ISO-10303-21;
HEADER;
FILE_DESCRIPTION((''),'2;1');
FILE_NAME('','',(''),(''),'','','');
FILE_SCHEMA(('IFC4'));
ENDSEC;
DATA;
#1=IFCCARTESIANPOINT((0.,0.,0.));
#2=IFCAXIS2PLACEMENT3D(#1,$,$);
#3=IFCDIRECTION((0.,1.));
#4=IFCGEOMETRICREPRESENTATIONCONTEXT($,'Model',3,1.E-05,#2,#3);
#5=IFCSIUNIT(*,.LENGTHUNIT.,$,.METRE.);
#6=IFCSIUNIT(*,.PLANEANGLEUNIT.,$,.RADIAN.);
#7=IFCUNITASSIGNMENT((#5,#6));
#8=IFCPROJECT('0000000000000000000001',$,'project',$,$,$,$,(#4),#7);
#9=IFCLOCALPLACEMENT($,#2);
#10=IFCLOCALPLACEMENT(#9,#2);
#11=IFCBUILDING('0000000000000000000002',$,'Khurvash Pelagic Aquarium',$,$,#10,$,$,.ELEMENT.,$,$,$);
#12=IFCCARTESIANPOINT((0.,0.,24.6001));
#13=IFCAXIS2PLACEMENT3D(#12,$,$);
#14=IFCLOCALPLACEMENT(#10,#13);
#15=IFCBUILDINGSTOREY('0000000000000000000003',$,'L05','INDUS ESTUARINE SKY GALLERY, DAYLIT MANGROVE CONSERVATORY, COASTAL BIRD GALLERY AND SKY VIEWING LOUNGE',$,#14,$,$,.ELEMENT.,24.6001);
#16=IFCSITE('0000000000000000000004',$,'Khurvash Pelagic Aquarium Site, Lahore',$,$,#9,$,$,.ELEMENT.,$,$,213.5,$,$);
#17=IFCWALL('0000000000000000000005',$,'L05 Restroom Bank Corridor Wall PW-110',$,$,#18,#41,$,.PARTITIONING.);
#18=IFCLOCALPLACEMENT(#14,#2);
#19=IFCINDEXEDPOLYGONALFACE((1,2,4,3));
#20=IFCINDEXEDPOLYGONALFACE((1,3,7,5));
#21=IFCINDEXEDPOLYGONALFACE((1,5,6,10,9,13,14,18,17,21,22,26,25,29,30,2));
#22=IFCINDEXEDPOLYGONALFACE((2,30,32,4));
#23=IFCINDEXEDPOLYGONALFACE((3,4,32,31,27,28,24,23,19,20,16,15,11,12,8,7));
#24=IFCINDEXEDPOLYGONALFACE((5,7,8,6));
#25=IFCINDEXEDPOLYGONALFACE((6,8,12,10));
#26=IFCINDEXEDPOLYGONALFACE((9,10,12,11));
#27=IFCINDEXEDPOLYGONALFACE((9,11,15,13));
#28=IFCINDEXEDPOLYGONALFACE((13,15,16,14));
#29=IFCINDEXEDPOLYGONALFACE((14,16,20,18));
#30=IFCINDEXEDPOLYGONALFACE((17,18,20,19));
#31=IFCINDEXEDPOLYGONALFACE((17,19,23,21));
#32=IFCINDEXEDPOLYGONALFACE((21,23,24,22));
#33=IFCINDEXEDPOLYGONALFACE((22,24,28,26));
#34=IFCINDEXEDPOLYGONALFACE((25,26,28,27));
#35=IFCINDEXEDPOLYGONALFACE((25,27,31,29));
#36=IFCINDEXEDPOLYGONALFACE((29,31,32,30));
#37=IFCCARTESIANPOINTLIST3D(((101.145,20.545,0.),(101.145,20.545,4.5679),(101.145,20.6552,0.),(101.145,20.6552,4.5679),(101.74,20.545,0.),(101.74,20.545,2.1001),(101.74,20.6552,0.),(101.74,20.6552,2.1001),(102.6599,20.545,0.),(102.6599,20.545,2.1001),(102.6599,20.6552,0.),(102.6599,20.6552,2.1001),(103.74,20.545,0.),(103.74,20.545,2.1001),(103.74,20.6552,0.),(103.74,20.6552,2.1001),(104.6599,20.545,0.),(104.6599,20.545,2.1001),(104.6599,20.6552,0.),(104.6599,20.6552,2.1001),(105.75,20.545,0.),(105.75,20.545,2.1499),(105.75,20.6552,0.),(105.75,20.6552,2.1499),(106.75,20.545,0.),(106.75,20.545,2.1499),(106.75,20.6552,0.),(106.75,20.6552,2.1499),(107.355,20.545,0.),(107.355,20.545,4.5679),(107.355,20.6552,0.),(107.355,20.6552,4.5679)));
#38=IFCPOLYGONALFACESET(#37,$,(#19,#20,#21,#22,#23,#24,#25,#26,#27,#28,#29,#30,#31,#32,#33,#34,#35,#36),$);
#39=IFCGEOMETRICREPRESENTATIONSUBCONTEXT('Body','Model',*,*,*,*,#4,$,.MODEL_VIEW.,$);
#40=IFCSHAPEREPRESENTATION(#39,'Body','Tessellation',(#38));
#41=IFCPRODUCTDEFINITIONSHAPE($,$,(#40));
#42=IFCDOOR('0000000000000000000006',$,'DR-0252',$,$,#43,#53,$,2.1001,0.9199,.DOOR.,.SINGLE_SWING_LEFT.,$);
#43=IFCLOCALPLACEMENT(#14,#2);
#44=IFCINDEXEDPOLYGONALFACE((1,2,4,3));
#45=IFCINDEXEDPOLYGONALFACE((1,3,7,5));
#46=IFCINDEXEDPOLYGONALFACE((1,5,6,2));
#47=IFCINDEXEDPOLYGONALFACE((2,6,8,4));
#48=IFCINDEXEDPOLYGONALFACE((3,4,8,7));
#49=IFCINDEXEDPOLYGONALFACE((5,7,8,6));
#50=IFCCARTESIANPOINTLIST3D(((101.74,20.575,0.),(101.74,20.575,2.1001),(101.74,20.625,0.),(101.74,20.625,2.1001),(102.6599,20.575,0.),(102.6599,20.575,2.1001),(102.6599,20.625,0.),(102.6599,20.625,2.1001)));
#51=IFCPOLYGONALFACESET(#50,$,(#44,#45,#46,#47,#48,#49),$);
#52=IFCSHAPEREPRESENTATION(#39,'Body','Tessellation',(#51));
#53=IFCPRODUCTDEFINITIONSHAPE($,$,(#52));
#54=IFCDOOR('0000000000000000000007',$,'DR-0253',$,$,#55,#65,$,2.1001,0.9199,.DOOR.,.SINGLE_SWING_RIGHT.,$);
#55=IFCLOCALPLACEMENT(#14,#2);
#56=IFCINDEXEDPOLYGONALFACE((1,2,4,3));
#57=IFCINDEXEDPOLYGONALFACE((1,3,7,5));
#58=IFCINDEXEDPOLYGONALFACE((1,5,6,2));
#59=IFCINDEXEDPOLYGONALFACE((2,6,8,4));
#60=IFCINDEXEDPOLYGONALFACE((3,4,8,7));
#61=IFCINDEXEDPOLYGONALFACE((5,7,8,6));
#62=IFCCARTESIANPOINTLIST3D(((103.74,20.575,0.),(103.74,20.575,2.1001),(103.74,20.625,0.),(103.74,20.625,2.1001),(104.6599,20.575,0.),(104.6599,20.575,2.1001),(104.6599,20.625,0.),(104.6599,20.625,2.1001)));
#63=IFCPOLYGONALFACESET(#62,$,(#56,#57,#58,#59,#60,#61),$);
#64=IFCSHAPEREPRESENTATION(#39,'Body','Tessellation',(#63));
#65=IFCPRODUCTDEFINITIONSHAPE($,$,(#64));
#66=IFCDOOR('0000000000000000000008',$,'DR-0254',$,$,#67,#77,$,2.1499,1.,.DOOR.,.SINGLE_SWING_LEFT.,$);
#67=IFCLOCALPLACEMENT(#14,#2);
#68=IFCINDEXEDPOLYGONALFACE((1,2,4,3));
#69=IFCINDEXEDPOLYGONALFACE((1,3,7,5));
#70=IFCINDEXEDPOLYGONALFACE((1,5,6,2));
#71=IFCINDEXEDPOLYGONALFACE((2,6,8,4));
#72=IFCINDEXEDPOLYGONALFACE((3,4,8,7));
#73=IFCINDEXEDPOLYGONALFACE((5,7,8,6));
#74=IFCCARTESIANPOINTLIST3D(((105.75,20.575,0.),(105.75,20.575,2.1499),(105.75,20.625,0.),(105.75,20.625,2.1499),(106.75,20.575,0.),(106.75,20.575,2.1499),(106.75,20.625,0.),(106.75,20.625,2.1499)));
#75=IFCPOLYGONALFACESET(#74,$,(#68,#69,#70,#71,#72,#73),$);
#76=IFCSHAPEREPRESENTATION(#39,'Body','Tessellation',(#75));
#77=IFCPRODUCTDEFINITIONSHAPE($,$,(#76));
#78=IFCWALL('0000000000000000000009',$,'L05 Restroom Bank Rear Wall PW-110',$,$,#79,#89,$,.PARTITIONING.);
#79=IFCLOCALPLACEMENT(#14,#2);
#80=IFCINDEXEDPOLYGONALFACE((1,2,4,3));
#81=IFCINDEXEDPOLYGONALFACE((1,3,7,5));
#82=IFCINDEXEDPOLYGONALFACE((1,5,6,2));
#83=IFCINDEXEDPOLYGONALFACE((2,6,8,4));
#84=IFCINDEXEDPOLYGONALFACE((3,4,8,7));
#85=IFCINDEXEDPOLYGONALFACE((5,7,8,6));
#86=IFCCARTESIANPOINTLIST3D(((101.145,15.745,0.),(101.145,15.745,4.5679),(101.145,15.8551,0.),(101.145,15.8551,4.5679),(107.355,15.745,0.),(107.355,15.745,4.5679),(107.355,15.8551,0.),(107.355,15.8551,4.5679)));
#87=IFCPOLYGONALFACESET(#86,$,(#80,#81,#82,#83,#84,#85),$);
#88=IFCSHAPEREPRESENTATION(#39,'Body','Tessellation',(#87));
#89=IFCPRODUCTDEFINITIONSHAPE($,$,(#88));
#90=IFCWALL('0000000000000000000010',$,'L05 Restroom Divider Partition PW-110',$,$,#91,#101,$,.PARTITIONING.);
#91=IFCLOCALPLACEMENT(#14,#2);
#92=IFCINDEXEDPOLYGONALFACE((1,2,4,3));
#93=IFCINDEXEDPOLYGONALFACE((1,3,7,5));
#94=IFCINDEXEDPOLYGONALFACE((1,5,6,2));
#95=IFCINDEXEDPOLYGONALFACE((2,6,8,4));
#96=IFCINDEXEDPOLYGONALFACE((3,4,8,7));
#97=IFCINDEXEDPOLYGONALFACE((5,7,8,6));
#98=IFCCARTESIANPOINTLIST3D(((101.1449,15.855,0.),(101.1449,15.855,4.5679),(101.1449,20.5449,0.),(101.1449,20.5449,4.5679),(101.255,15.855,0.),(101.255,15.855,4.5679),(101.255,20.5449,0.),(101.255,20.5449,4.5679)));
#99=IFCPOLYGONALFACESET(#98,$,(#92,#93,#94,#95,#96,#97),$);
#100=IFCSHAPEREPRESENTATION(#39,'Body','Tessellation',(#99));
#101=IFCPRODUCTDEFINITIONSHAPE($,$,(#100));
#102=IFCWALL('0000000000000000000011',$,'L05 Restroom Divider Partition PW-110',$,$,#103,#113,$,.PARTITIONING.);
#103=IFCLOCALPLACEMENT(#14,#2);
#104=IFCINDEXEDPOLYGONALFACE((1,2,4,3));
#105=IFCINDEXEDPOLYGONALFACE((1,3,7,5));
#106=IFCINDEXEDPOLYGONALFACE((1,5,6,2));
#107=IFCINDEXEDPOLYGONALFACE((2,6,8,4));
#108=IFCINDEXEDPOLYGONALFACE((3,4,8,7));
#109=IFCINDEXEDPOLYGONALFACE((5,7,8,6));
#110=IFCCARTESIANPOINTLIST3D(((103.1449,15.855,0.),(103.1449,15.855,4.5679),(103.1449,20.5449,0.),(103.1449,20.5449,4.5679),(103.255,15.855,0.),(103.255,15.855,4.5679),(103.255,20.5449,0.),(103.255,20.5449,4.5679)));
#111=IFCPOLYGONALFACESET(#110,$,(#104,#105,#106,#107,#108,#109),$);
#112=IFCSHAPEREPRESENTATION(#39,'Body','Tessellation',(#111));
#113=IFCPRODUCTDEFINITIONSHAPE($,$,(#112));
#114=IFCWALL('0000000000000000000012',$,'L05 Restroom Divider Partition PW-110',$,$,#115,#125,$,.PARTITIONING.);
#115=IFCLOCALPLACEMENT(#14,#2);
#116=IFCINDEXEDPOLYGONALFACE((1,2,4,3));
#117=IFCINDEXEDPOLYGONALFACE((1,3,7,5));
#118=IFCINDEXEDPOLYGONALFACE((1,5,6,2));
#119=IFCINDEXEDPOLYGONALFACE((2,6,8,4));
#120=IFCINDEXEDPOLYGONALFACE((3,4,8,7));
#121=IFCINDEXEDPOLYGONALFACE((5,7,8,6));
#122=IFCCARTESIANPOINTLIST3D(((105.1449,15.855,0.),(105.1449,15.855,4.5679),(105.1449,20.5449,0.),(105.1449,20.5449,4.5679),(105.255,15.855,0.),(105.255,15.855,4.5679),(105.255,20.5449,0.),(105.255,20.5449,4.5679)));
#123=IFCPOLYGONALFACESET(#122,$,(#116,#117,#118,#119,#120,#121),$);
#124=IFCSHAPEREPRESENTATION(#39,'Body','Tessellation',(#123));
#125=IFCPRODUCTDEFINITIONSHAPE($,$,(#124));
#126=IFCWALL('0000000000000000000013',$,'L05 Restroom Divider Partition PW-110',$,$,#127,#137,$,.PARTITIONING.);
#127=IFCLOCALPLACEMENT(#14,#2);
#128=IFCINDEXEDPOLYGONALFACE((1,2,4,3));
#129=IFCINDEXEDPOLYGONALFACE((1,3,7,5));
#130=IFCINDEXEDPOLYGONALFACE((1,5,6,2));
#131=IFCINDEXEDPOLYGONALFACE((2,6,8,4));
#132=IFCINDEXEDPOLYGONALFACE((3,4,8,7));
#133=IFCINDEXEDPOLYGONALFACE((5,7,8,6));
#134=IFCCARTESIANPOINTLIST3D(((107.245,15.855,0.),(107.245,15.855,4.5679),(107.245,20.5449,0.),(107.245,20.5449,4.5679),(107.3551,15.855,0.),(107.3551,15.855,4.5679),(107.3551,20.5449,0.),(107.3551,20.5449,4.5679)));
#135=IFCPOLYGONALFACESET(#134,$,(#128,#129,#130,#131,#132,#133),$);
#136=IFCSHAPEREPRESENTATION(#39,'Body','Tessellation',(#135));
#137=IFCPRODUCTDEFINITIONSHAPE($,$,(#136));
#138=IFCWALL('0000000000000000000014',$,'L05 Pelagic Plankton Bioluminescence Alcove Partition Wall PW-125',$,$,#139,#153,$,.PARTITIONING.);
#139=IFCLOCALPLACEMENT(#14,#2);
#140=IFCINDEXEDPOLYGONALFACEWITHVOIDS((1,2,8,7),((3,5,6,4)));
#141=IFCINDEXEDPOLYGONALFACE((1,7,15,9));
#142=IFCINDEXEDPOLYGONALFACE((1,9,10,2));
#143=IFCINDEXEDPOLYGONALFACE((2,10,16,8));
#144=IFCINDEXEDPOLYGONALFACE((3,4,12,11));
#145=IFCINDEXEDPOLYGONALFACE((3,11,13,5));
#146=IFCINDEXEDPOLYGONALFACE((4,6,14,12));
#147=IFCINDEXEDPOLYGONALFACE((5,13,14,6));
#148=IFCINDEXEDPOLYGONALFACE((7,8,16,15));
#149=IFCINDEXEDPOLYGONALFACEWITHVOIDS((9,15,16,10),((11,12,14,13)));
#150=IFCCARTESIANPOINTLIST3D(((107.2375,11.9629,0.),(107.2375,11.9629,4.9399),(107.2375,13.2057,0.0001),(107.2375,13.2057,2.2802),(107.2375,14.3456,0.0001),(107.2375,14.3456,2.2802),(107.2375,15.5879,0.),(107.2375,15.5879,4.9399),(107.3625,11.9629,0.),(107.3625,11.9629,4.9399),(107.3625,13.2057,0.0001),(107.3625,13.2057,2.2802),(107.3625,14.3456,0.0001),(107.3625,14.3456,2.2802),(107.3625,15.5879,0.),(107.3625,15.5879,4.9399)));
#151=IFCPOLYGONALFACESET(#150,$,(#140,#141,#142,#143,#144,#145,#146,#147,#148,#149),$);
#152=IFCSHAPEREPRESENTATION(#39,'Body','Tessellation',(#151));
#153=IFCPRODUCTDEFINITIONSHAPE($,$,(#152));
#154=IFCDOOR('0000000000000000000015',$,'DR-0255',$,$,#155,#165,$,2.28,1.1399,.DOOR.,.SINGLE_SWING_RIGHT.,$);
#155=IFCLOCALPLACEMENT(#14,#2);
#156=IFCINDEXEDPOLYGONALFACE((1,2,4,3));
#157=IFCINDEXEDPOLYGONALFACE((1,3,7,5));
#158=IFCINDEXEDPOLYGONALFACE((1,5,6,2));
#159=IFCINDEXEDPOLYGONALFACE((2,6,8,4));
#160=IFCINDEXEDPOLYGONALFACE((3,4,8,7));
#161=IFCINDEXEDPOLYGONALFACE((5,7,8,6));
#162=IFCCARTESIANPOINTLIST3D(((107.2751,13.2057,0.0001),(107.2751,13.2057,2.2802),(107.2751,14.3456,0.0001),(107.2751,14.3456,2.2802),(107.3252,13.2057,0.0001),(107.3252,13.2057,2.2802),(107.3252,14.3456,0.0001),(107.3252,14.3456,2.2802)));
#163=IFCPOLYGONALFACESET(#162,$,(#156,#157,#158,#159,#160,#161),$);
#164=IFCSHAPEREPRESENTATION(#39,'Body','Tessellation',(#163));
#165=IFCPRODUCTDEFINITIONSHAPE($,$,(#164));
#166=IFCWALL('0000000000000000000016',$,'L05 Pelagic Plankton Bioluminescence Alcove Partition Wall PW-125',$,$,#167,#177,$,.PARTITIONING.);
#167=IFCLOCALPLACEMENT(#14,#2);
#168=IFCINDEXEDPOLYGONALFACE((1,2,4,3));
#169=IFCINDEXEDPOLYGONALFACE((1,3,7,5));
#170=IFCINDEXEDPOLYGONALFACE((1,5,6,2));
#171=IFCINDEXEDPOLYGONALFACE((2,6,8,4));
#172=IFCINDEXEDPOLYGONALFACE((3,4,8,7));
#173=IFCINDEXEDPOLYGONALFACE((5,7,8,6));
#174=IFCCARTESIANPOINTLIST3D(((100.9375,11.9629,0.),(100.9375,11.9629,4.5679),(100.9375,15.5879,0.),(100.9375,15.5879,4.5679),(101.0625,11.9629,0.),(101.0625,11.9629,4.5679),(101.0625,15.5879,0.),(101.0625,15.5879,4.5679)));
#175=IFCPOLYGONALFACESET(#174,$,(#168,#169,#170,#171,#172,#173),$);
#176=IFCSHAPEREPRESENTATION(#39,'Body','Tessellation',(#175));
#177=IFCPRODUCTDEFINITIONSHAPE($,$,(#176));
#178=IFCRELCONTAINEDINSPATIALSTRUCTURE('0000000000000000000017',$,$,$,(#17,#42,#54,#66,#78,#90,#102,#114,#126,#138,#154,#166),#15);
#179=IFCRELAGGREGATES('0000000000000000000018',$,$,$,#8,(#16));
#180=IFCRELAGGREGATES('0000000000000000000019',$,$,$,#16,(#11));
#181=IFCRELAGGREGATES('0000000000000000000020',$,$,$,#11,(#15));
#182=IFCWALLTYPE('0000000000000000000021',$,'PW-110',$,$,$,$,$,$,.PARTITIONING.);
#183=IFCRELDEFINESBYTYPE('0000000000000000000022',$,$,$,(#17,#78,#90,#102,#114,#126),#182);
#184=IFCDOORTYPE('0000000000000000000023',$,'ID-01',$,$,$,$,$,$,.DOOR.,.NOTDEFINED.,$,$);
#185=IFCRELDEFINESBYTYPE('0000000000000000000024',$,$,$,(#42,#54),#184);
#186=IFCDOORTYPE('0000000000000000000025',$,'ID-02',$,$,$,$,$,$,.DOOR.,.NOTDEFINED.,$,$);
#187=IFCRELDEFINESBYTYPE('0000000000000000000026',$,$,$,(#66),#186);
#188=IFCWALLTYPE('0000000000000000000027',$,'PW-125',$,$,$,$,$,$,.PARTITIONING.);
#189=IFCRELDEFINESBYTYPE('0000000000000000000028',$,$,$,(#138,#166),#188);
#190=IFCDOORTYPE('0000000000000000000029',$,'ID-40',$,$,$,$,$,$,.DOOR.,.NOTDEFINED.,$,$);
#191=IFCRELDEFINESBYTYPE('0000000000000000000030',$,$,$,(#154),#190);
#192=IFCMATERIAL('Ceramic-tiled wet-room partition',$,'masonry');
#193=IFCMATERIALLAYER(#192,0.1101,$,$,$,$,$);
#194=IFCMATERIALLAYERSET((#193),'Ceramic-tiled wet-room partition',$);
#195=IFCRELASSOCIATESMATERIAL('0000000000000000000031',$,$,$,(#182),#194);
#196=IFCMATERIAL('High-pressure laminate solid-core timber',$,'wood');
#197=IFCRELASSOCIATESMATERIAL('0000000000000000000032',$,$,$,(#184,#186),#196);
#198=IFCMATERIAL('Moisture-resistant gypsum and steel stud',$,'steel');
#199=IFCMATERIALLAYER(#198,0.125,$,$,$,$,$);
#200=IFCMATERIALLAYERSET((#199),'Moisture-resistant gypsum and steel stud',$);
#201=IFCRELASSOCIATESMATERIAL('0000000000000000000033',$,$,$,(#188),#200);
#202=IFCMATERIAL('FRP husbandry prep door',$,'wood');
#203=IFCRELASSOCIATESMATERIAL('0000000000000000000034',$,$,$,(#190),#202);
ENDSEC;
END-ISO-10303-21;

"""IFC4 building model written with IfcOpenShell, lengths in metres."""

from ifc_helpers import new_model, si_unit, direction, frame, frame_2d, origin, place, context, subcontext, project, spatial, rectangle, extrude, material, layer, layer_set, type_object, element, fill, save


model = new_model("IFC4")

# Units and contexts
model_context = context("Model", 3, precision=1e-05, world=origin(), true_north=direction((0.0, 1.0)))
body_context = subcontext(model_context, "Body", "Model", "MODEL_VIEW")
ifc_project = project(units=[si_unit("LENGTHUNIT", "METRE"), si_unit("PLANEANGLEUNIT", "RADIAN")], contexts=[model_context])

# Site, building, storey
site_placement = place(None, origin())
site = spatial("IfcSite", under=ifc_project, at=site_placement, Name="Khurvash Pelagic Aquarium Site, Lahore", CompositionType="ELEMENT", RefElevation=213.5)
building_placement = place(site_placement, origin())
building = spatial("IfcBuilding", under=site, at=building_placement, Name="Khurvash Pelagic Aquarium", CompositionType="ELEMENT")
storey_placement = place(building_placement, frame((0.0, 0.0, 24.6001)))
storey = spatial("IfcBuildingStorey", under=building, at=storey_placement, Name="L05", Description="INDUS ESTUARINE SKY GALLERY, DAYLIT MANGROVE CONSERVATORY, COASTAL BIRD GALLERY AND SKY VIEWING LOUNGE", CompositionType="ELEMENT", Elevation=24.6001)

# Wall, openings, doors
ifc_material_1 = material(Name="Ceramic-tiled wet-room partition", Category="masonry")
ifc_layer_1 = layer(ifc_material_1, 0.1101)
ifc_layer_set_1 = layer_set([ifc_layer_1], Name="Ceramic-tiled wet-room partition")
wall_type_1 = type_object("IfcWallType", Name="PW-110", PredefinedType="PARTITIONING", material=ifc_layer_set_1)
wall_1_placement = place(storey_placement, frame((101.145, 20.6001, 0.0), z_axis=(0.0, 0.0, 1.0), x_axis=(1.0, 0.0, 0.0)))
wall_1 = element("IfcWall", 1, at=wall_1_placement, inside=storey, type_object=wall_type_1, Name="L05 Restroom Bank Corridor Wall PW-110", PredefinedType="PARTITIONING", context=body_context, shape_type="SweptSolid", body=[
    extrude(rectangle(XDim=6.21, YDim=0.1101, at=frame_2d((3.105, 0.0))), origin(), (0.0, 0.0, 1.0), 4.5679),
])
opening_1_placement = place(wall_1_placement, frame((0.595, 0.0, 0.0)))
opening_1 = element("IfcOpeningElement", 2, at=opening_1_placement, cuts=wall_1, PredefinedType="OPENING", context=body_context, shape_type="SweptSolid", body=[
    extrude(rectangle(XDim=0.9199, YDim=2.1001, at=frame_2d((0.46, 1.05))), frame((0.0, 0.0649, 0.0), z_axis=(0.0, -1.0, 0.0), x_axis=(1.0, 0.0, 0.0)), (0.0, 0.0, 1.0), 0.1301),
])
opening_2_placement = place(wall_1_placement, frame((2.595, 0.0, 0.0)))
opening_2 = element("IfcOpeningElement", 3, at=opening_2_placement, cuts=wall_1, PredefinedType="OPENING", context=body_context, shape_type="SweptSolid", body=[
    extrude(rectangle(XDim=0.9199, YDim=2.1001, at=frame_2d((0.46, 1.05))), frame((0.0, 0.0649, 0.0), z_axis=(0.0, -1.0, 0.0), x_axis=(1.0, 0.0, 0.0)), (0.0, 0.0, 1.0), 0.1301),
])
opening_3_placement = place(wall_1_placement, frame((4.605, 0.0, 0.0)))
opening_3 = element("IfcOpeningElement", 4, at=opening_3_placement, cuts=wall_1, PredefinedType="OPENING", context=body_context, shape_type="SweptSolid", body=[
    extrude(rectangle(XDim=1.0, YDim=2.1499, at=frame_2d((0.5, 1.075))), frame((0.0, 0.0649, 0.0), z_axis=(0.0, -1.0, 0.0), x_axis=(1.0, 0.0, 0.0)), (0.0, 0.0, 1.0), 0.1301),
])
ifc_material_2 = material(Name="High-pressure laminate solid-core timber", Category="wood")
door_type_1 = type_object("IfcDoorType", Name="ID-01", OperationType="NOTDEFINED", PredefinedType="DOOR", material=ifc_material_2)
door_1_placement = place(opening_1_placement, origin())
door_1 = element("IfcDoor", 5, at=door_1_placement, inside=storey, type_object=door_type_1, Name="DR-0252", OperationType="SINGLE_SWING_LEFT", OverallHeight=2.1001, OverallWidth=0.9199, PredefinedType="DOOR", context=body_context, shape_type="SweptSolid", body=[
    extrude(rectangle(XDim=0.9199, YDim=2.1001, at=frame_2d((0.46, 1.05))), frame((0.0, 0.0249, 0.0), z_axis=(0.0, -1.0, 0.0), x_axis=(1.0, 0.0, 0.0)), (0.0, 0.0, 1.0), 0.05),
])
fill(opening_1, door_1)
door_2_placement = place(opening_2_placement, origin())
door_2 = element("IfcDoor", 6, at=door_2_placement, inside=storey, type_object=door_type_1, Name="DR-0253", OperationType="SINGLE_SWING_RIGHT", OverallHeight=2.1001, OverallWidth=0.9199, PredefinedType="DOOR", context=body_context, shape_type="SweptSolid", body=[
    extrude(rectangle(XDim=0.9199, YDim=2.1001, at=frame_2d((0.46, 1.05))), frame((0.0, 0.0249, 0.0), z_axis=(0.0, -1.0, 0.0), x_axis=(1.0, 0.0, 0.0)), (0.0, 0.0, 1.0), 0.05),
])
fill(opening_2, door_2)
door_type_2 = type_object("IfcDoorType", Name="ID-02", OperationType="NOTDEFINED", PredefinedType="DOOR", material=ifc_material_2)
door_3_placement = place(opening_3_placement, origin())
door_3 = element("IfcDoor", 7, at=door_3_placement, inside=storey, type_object=door_type_2, Name="DR-0254", OperationType="SINGLE_SWING_LEFT", OverallHeight=2.1499, OverallWidth=1.0, PredefinedType="DOOR", context=body_context, shape_type="SweptSolid", body=[
    extrude(rectangle(XDim=1.0, YDim=2.1499, at=frame_2d((0.5, 1.075))), frame((0.0, 0.0249, 0.0), z_axis=(0.0, -1.0, 0.0), x_axis=(1.0, 0.0, 0.0)), (0.0, 0.0, 1.0), 0.05),
])
fill(opening_3, door_3)

# Walls
wall_2_placement = place(storey_placement, frame((101.145, 15.8, 0.0), z_axis=(0.0, 0.0, 1.0), x_axis=(1.0, 0.0, 0.0)))
element("IfcWall", 8, at=wall_2_placement, inside=storey, type_object=wall_type_1, Name="L05 Restroom Bank Rear Wall PW-110", PredefinedType="PARTITIONING", context=body_context, shape_type="SweptSolid", body=[
    extrude(rectangle(XDim=6.21, YDim=0.1101, at=frame_2d((3.105, 0.0))), origin(), (0.0, 0.0, 1.0), 4.5679),
])
for number, where, z_axis, x_axis, name in (
    (9, (101.2, 15.855, 0.0), (0.0, 0.0, 1.0), (0.0, 1.0, 0.0), "L05 Restroom Divider Partition PW-110"),
    (10, (103.2, 15.855, 0.0), (0.0, 0.0, 1.0), (0.0, 1.0, 0.0), "L05 Restroom Divider Partition PW-110"),
    (11, (105.2, 15.855, 0.0), (0.0, 0.0, 1.0), (0.0, 1.0, 0.0), "L05 Restroom Divider Partition PW-110"),
    (12, (107.3, 15.855, 0.0), (0.0, 0.0, 1.0), (0.0, 1.0, 0.0), "L05 Restroom Divider Partition PW-110"),
):
    element("IfcWall", number, at=place(storey_placement, frame(where, z_axis=z_axis, x_axis=x_axis)), inside=storey, type_object=wall_type_1, Name=name, PredefinedType="PARTITIONING", context=body_context, shape_type="SweptSolid", body=[
        extrude(rectangle(XDim=4.6899, YDim=0.1101, at=frame_2d((2.345, 0.0))), origin(), (0.0, 0.0, 1.0), 4.5679),
    ])

# Wall, opening, door
ifc_material_3 = material(Name="Moisture-resistant gypsum and steel stud", Category="steel")
ifc_layer_2 = layer(ifc_material_3, 0.125)
ifc_layer_set_2 = layer_set([ifc_layer_2], Name="Moisture-resistant gypsum and steel stud")
wall_type_2 = type_object("IfcWallType", Name="PW-125", PredefinedType="PARTITIONING", material=ifc_layer_set_2)
wall_3_placement = place(storey_placement, frame((107.3, 11.9629, 0.0), z_axis=(0.0, 0.0, 1.0), x_axis=(0.0, 1.0, 0.0)))
wall_3 = element("IfcWall", 13, at=wall_3_placement, inside=storey, type_object=wall_type_2, Name="L05 Pelagic Plankton Bioluminescence Alcove Partition Wall PW-125", PredefinedType="PARTITIONING", context=body_context, shape_type="SweptSolid", body=[
    extrude(rectangle(XDim=3.625, YDim=0.125, at=frame_2d((1.8125, 0.0))), origin(), (0.0, 0.0, 1.0), 4.9399),
])
opening_4_placement = place(wall_3_placement, frame((1.2429, 0.0, 0.0)))
opening_4 = element("IfcOpeningElement", 14, at=opening_4_placement, cuts=wall_3, PredefinedType="OPENING", context=body_context, shape_type="SweptSolid", body=[
    extrude(rectangle(XDim=1.1399, YDim=2.28, at=frame_2d((0.5698, 1.1401))), frame((0.0, 0.0725, 0.0), z_axis=(0.0, -1.0, 0.0), x_axis=(1.0, 0.0, 0.0)), (0.0, 0.0, 1.0), 0.145),
])
ifc_material_4 = material(Name="FRP husbandry prep door", Category="wood")
door_type_3 = type_object("IfcDoorType", Name="ID-40", OperationType="NOTDEFINED", PredefinedType="DOOR", material=ifc_material_4)
door_4_placement = place(opening_4_placement, origin())
door_4 = element("IfcDoor", 15, at=door_4_placement, inside=storey, type_object=door_type_3, Name="DR-0255", OperationType="SINGLE_SWING_RIGHT", OverallHeight=2.28, OverallWidth=1.1399, PredefinedType="DOOR", context=body_context, shape_type="SweptSolid", body=[
    extrude(rectangle(XDim=1.1399, YDim=2.28, at=frame_2d((0.5698, 1.1401))), frame((0.0, 0.0249, 0.0), z_axis=(0.0, -1.0, 0.0), x_axis=(1.0, 0.0, 0.0)), (0.0, 0.0, 1.0), 0.05),
])
fill(opening_4, door_4)

# Wall
wall_4_placement = place(storey_placement, frame((101.0, 11.9629, 0.0), z_axis=(0.0, 0.0, 1.0), x_axis=(0.0, 1.0, 0.0)))
element("IfcWall", 16, at=wall_4_placement, inside=storey, type_object=wall_type_2, Name="L05 Pelagic Plankton Bioluminescence Alcove Partition Wall PW-125", PredefinedType="PARTITIONING", context=body_context, shape_type="SweptSolid", body=[
    extrude(rectangle(XDim=3.625, YDim=0.125, at=frame_2d((1.8125, 0.0))), origin(), (0.0, 0.0, 1.0), 4.5679),
])

save(model, "model.ifc")
